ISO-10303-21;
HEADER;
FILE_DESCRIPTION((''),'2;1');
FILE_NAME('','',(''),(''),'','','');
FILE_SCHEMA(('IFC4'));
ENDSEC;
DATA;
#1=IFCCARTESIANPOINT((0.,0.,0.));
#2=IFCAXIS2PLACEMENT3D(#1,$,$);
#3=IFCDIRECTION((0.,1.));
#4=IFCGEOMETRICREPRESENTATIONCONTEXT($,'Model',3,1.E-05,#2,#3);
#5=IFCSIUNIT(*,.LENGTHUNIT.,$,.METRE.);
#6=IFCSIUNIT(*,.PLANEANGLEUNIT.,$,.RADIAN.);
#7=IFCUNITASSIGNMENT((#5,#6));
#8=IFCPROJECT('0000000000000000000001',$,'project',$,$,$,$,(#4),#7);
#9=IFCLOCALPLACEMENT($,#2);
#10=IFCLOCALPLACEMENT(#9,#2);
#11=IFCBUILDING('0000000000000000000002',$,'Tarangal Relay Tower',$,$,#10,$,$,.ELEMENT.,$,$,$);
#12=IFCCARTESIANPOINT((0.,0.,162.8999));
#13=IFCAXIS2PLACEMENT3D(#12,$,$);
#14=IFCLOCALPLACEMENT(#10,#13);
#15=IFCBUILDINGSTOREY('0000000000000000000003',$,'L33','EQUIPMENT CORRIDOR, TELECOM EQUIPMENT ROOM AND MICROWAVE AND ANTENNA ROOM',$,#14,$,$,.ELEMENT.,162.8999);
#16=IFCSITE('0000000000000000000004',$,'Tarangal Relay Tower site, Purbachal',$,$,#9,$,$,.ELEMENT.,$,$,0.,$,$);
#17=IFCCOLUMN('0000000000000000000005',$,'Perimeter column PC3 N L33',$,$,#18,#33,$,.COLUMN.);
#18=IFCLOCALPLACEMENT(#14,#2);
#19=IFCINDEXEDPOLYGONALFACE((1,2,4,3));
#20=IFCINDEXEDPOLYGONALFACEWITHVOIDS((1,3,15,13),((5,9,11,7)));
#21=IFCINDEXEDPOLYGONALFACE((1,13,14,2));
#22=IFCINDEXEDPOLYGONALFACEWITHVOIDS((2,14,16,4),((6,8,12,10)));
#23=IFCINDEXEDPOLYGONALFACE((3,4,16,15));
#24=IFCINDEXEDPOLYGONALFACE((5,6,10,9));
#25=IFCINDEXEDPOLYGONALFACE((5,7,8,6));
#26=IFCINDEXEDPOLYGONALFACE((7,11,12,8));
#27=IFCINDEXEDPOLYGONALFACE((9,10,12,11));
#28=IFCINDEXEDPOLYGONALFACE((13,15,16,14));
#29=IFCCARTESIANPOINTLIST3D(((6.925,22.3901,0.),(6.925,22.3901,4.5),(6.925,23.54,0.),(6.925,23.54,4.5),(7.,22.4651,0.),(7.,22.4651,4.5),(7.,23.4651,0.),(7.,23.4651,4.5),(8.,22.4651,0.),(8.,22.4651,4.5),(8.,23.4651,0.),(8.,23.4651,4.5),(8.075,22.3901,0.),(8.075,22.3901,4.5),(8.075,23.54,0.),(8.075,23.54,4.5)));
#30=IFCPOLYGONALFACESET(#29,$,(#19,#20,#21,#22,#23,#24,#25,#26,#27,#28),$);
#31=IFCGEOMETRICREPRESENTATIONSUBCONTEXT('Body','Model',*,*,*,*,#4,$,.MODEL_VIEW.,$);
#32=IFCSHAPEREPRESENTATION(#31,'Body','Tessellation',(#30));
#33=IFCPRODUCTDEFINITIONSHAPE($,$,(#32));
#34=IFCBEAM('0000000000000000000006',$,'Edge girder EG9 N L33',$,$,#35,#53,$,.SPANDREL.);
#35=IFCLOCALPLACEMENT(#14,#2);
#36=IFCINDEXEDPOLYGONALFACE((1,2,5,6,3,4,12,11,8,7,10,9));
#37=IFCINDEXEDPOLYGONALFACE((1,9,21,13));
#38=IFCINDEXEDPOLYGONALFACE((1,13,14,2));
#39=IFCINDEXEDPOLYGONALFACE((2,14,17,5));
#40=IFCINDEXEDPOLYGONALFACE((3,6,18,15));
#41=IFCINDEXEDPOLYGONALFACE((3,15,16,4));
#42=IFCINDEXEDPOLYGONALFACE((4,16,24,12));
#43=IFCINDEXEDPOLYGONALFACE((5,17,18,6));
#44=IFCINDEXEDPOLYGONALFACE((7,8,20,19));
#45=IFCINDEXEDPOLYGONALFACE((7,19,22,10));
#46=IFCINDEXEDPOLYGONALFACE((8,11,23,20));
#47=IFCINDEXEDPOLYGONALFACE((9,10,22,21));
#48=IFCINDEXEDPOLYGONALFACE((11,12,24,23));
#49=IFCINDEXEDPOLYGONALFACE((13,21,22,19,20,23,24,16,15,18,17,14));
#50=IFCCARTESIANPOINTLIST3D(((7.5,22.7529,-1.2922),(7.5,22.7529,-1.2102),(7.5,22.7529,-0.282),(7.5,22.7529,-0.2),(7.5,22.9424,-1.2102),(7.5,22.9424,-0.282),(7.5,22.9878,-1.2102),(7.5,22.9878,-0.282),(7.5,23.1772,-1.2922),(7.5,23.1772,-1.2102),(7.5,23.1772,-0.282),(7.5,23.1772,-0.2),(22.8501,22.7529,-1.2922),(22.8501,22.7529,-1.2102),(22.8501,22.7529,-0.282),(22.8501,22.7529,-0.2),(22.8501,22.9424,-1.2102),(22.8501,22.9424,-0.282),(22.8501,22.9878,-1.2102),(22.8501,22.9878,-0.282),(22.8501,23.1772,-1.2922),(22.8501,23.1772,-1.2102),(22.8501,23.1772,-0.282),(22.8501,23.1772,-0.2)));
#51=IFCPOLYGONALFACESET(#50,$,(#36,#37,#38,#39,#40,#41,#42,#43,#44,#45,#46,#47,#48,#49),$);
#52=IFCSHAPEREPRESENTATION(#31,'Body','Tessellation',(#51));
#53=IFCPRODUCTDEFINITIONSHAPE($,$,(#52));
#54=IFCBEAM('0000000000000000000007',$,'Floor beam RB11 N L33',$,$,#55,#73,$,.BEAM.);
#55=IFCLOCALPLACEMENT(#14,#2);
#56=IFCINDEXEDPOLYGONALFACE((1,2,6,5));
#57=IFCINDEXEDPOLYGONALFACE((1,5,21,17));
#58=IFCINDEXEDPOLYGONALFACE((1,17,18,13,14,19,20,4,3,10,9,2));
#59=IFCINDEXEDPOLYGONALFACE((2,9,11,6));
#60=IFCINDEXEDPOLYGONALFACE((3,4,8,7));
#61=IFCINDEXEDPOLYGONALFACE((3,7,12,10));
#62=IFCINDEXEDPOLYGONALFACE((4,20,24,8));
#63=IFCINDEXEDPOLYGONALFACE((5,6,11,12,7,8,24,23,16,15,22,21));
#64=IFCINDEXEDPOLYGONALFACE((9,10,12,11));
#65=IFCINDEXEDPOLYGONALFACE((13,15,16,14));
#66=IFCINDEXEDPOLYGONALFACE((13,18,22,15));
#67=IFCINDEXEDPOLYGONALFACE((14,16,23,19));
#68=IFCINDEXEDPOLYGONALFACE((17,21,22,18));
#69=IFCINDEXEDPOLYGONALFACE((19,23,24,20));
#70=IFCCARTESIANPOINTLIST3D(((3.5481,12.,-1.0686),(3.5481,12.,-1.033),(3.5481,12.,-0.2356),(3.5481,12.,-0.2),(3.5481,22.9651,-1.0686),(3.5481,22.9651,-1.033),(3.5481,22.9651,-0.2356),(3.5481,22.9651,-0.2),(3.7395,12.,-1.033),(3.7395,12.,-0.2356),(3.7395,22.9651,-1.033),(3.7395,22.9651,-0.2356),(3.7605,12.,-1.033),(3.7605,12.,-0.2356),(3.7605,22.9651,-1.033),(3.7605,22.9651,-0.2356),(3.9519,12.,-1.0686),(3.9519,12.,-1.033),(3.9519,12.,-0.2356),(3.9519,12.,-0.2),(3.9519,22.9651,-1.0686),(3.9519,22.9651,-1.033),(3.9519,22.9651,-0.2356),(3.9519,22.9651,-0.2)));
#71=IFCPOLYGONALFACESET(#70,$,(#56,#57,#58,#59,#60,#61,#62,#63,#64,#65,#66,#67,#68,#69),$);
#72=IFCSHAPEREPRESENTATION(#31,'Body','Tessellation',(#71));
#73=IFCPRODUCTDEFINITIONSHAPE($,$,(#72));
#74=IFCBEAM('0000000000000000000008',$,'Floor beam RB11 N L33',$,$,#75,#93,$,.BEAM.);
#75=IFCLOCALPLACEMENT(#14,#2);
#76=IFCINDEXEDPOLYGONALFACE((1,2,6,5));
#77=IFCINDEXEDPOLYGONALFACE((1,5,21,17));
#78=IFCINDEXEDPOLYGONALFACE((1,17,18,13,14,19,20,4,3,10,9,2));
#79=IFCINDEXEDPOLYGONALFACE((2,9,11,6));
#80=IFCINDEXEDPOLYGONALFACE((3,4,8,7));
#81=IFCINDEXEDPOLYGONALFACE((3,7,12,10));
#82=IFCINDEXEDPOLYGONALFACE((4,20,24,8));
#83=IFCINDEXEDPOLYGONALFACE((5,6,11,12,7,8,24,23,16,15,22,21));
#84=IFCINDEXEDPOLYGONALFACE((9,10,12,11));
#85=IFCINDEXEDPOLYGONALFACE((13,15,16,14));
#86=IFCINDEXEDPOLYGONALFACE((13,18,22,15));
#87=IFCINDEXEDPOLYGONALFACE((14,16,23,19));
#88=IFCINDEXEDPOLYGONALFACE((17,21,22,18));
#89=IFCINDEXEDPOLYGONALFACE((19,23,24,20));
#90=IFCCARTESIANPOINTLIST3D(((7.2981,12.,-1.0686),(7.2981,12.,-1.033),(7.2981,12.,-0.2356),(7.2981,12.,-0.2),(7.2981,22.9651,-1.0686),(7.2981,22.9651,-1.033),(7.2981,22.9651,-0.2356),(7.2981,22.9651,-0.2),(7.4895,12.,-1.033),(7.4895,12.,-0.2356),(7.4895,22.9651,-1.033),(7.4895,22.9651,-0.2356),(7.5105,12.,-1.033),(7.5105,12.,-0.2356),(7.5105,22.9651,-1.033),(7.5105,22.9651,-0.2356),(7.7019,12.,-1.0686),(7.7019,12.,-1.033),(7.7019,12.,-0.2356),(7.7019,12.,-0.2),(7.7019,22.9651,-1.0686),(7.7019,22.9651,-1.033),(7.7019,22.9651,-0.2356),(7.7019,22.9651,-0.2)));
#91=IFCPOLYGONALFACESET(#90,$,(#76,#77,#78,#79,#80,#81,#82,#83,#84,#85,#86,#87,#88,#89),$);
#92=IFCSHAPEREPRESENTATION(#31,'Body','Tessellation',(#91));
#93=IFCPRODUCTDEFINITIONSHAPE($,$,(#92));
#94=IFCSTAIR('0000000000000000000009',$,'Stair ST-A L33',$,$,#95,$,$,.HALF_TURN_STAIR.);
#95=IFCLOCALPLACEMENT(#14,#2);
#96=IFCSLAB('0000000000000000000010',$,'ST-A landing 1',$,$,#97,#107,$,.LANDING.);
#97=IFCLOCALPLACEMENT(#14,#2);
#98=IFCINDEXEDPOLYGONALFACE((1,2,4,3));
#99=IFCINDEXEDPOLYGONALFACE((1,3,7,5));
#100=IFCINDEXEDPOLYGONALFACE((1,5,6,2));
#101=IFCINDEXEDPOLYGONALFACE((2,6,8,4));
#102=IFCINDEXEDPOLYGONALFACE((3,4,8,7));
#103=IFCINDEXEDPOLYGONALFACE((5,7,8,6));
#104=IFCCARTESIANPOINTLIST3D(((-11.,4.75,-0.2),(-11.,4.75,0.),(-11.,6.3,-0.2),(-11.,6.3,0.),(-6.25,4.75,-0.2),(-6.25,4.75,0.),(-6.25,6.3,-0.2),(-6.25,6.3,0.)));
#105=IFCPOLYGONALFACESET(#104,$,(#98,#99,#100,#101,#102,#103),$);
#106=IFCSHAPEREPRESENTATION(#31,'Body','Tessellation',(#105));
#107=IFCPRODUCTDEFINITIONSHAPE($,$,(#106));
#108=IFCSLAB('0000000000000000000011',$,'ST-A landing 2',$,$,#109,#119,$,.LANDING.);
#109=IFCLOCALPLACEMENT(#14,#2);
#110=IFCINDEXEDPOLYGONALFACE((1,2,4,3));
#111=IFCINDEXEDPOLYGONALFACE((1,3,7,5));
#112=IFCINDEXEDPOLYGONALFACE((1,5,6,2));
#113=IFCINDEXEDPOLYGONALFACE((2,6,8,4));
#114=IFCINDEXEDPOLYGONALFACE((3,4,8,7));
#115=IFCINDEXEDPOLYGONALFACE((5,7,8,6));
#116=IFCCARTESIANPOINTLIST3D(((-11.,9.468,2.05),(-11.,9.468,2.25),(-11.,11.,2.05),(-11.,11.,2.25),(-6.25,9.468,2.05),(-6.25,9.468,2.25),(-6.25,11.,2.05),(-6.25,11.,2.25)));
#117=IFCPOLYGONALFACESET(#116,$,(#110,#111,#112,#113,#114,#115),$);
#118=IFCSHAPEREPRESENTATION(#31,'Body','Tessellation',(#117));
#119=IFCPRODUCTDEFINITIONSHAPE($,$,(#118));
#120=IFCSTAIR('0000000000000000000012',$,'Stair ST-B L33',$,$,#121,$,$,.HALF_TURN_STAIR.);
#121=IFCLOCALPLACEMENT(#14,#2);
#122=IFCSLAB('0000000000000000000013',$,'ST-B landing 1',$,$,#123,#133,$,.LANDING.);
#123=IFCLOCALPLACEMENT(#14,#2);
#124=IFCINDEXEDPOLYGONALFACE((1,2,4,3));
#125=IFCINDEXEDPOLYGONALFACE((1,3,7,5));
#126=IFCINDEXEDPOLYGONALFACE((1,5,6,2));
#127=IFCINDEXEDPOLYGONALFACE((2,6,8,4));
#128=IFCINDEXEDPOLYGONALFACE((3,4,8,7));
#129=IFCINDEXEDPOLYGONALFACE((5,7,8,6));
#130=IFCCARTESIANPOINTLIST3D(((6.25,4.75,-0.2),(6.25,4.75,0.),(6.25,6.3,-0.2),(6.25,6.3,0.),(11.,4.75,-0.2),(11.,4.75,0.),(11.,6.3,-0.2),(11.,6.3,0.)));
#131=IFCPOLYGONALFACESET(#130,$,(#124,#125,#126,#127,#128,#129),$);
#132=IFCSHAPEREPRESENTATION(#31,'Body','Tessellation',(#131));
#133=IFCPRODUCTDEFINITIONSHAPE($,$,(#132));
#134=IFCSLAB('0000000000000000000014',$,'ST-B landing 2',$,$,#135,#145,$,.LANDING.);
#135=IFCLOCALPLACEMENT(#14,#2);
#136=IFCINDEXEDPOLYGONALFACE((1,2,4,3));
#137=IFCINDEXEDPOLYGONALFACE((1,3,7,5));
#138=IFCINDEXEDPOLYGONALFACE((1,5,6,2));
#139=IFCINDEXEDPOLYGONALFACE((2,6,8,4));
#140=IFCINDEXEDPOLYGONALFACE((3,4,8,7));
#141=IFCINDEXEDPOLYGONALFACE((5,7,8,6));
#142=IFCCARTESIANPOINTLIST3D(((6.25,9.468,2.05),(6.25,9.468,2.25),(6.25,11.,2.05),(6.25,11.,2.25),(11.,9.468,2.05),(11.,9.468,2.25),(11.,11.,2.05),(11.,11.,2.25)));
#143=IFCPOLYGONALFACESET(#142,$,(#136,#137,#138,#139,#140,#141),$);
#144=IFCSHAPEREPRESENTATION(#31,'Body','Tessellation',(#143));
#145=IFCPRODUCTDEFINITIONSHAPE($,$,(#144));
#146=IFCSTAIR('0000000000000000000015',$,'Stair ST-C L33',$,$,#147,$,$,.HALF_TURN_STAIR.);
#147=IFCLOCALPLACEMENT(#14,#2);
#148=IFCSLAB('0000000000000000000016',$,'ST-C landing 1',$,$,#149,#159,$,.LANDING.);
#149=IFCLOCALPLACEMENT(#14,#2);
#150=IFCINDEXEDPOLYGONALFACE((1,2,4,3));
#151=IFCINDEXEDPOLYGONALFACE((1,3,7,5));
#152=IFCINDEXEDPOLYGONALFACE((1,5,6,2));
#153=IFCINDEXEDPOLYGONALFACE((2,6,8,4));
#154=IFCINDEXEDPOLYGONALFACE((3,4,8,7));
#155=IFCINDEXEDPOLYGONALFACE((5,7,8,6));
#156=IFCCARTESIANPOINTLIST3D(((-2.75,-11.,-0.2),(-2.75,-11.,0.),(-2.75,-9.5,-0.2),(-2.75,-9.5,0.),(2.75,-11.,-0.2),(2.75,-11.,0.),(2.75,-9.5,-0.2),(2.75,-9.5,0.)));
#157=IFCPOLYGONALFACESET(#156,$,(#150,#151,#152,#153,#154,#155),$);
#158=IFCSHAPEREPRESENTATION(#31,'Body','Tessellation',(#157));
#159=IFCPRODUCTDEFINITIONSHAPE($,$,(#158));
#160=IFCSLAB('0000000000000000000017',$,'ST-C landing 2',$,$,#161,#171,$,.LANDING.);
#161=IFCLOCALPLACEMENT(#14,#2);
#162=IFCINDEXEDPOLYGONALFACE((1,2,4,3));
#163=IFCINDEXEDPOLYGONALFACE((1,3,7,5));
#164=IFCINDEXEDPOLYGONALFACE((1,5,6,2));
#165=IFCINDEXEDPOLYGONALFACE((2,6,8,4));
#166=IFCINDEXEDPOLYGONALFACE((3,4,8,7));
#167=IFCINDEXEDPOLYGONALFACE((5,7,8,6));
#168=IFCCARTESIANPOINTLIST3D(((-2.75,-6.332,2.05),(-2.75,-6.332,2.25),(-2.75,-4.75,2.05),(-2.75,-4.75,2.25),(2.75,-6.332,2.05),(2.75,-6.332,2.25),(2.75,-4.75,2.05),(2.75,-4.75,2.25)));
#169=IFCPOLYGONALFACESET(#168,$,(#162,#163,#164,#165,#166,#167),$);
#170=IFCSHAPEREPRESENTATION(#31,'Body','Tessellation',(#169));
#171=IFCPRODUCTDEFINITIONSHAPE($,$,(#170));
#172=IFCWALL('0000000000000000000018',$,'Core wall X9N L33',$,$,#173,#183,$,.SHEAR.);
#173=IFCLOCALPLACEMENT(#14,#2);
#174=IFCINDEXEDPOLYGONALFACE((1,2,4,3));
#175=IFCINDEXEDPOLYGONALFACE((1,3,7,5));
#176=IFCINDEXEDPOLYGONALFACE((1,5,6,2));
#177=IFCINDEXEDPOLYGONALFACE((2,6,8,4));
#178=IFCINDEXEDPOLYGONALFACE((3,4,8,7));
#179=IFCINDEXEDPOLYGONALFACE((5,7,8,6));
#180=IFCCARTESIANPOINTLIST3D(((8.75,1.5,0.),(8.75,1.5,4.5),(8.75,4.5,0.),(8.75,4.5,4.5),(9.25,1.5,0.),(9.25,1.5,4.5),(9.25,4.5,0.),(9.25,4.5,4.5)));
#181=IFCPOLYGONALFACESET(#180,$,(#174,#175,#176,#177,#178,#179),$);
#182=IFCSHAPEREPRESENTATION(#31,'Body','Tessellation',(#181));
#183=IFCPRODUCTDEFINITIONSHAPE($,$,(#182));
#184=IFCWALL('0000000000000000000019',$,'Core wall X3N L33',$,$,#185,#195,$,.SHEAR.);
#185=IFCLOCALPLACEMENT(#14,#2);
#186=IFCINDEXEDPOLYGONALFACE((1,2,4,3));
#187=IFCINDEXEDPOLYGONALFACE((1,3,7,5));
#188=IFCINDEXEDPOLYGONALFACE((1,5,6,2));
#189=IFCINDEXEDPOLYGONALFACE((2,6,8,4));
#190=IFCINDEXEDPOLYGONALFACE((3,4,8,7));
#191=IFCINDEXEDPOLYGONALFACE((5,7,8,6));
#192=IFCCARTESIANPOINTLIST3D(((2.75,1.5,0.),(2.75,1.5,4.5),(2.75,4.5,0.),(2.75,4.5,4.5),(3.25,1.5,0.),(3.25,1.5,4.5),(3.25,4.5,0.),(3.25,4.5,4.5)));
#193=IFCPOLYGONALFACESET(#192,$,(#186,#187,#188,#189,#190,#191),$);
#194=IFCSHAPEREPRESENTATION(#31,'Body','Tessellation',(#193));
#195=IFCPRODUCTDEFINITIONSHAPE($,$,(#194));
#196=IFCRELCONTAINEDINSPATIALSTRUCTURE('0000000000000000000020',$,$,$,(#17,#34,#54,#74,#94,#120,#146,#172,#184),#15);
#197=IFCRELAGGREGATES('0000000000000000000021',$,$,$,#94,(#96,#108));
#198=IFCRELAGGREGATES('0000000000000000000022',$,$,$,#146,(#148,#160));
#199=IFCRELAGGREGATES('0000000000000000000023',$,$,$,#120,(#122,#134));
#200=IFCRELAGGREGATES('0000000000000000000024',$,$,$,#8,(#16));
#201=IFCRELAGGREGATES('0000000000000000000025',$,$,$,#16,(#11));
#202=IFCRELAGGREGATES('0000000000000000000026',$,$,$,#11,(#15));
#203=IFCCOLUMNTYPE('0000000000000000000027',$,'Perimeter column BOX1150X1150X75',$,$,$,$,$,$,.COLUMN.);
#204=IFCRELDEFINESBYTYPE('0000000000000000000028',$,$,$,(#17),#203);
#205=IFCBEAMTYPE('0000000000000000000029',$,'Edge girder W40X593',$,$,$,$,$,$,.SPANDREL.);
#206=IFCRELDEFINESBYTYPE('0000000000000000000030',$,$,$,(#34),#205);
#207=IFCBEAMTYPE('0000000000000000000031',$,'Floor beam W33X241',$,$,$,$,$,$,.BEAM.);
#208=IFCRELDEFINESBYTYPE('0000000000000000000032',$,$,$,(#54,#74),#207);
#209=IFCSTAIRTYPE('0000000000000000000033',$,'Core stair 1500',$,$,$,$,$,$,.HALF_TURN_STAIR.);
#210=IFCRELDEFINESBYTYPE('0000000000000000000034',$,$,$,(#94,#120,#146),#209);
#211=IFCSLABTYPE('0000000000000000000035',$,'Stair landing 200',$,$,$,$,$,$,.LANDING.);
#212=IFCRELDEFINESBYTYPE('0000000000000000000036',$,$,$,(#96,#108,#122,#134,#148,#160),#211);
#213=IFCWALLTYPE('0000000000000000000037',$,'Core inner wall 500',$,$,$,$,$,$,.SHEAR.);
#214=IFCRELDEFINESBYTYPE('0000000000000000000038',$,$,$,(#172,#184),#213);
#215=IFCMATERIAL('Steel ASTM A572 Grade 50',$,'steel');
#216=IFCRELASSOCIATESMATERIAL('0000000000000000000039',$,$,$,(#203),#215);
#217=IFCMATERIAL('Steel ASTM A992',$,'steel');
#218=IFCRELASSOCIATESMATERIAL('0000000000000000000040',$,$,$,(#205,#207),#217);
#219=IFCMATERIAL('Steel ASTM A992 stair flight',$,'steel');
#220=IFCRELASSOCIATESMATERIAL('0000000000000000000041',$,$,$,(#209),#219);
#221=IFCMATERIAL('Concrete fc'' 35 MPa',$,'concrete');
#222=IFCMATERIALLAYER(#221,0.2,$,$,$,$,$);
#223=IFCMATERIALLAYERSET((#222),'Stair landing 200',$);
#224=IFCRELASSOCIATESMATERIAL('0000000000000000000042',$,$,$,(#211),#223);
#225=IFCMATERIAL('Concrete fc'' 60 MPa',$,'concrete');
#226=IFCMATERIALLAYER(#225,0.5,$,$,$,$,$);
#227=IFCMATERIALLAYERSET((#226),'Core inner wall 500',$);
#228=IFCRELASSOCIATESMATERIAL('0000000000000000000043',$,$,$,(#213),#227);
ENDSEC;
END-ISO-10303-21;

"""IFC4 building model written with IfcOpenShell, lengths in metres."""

from ifc_helpers import new_model, si_unit, direction, frame, frame_2d, origin, origin_2d, place, context, subcontext, project, spatial, polyline, rectangle, hollow_rectangle, i_section, outline, extrude, material, layer, layer_set, material_profile, profile_set, type_object, element, aggregate, save


model = new_model("IFC4")

# Units and contexts
model_context = context("Model", 3, precision=1e-05, world=origin(), true_north=direction((0.0, 1.0)))
body_context = subcontext(model_context, "Body", "Model", "MODEL_VIEW")
ifc_project = project(units=[si_unit("LENGTHUNIT", "METRE"), si_unit("PLANEANGLEUNIT", "RADIAN")], contexts=[model_context])

# Site, building, storey
site_placement = place(None, origin())
site = spatial("IfcSite", under=ifc_project, at=site_placement, Name="Tarangal Relay Tower site, Purbachal", CompositionType="ELEMENT", RefElevation=0.0)
building_placement = place(site_placement, origin())
building = spatial("IfcBuilding", under=site, at=building_placement, Name="Tarangal Relay Tower", CompositionType="ELEMENT")
storey_placement = place(building_placement, frame((0.0, 0.0, 162.8999)))
storey = spatial("IfcBuildingStorey", under=building, at=storey_placement, Name="L33", Description="EQUIPMENT CORRIDOR, TELECOM EQUIPMENT ROOM AND MICROWAVE AND ANTENNA ROOM", CompositionType="ELEMENT", Elevation=162.8999)

# Column
ifc_material_1 = material(Name="Steel ASTM A572 Grade 50", Category="steel")
ifc_material_profile_1 = material_profile(ifc_material_1, hollow_rectangle(XDim=1.1499, YDim=1.1499, WallThickness=0.075, at=origin_2d()), Name="BOX1150X1150X75")
ifc_profile_set_1 = profile_set([ifc_material_profile_1], Name="Steel ASTM A572 Grade 50")
column_type = type_object("IfcColumnType", Name="Perimeter column BOX1150X1150X75", PredefinedType="COLUMN", material=ifc_profile_set_1)
column_placement = place(storey_placement, frame((7.5, 22.9651, 0.0), z_axis=(0.0, 0.0, 1.0), x_axis=(1.0, 0.0, 0.0)))
element("IfcColumn", 1, at=column_placement, inside=storey, type_object=column_type, Name="Perimeter column PC3 N L33", PredefinedType="COLUMN", context=body_context, shape_type="SweptSolid", body=[
    extrude(hollow_rectangle(XDim=1.1499, YDim=1.1499, WallThickness=0.075, at=origin_2d()), origin(), (0.0, 0.0, 1.0), 4.5),
])

# Beams
ifc_material_2 = material(Name="Steel ASTM A992", Category="steel")
ifc_material_profile_2 = material_profile(ifc_material_2, i_section(OverallWidth=0.4243, OverallDepth=1.0923, WebThickness=0.0454, FlangeThickness=0.082, at=origin_2d()), Name="W40X593")
ifc_profile_set_2 = profile_set([ifc_material_profile_2], Name="Steel ASTM A992")
beam_type_1 = type_object("IfcBeamType", Name="Edge girder W40X593", PredefinedType="SPANDREL", material=ifc_profile_set_2)
beam_placement = place(storey_placement, frame((7.5, 22.9651, -0.7461), z_axis=(1.0, 0.0, 0.0), x_axis=(0.0, 1.0, 0.0)))
element("IfcBeam", 2, at=beam_placement, inside=storey, type_object=beam_type_1, Name="Edge girder EG9 N L33", PredefinedType="SPANDREL", context=body_context, shape_type="SweptSolid", body=[
    extrude(i_section(OverallWidth=0.4243, OverallDepth=1.0923, WebThickness=0.0454, FlangeThickness=0.082, at=origin_2d()), origin(), (0.0, 0.0, 1.0), 15.3501),
])
ifc_material_profile_3 = material_profile(ifc_material_2, i_section(OverallWidth=0.4038, OverallDepth=0.8687, WebThickness=0.021, FlangeThickness=0.0356, at=origin_2d()), Name="W33X241")
ifc_profile_set_3 = profile_set([ifc_material_profile_3], Name="Steel ASTM A992")
beam_type_2 = type_object("IfcBeamType", Name="Floor beam W33X241", PredefinedType="BEAM", material=ifc_profile_set_3)
for number, where, z_axis, x_axis, name in (
    (3, (3.75, 12.0, -0.6343), (0.0, 1.0, 0.0), (-1.0, 0.0, 0.0), "Floor beam RB11 N L33"),
    (4, (7.5, 12.0, -0.6343), (0.0, 1.0, 0.0), (-1.0, 0.0, 0.0), "Floor beam RB11 N L33"),
):
    element("IfcBeam", number, at=place(storey_placement, frame(where, z_axis=z_axis, x_axis=x_axis)), inside=storey, type_object=beam_type_2, Name=name, PredefinedType="BEAM", context=body_context, shape_type="SweptSolid", body=[
        extrude(i_section(OverallWidth=0.4038, OverallDepth=0.8687, WebThickness=0.021, FlangeThickness=0.0356, at=origin_2d()), origin(), (0.0, 0.0, 1.0), 10.9651),
    ])

# Stairs, slabs
ifc_material_3 = material(Name="Steel ASTM A992 stair flight", Category="steel")
stair_type = type_object("IfcStairType", Name="Core stair 1500", PredefinedType="HALF_TURN_STAIR", material=ifc_material_3)
stair_1_placement = place(storey_placement, origin())
stair_1 = element("IfcStair", 5, at=stair_1_placement, inside=storey, type_object=stair_type, Name="Stair ST-A L33", PredefinedType="HALF_TURN_STAIR")
ifc_material_4 = material(Name="Concrete fc' 35 MPa", Category="concrete")
ifc_layer_1 = layer(ifc_material_4, 0.2)
ifc_layer_set_1 = layer_set([ifc_layer_1], Name="Stair landing 200")
slab_type = type_object("IfcSlabType", Name="Stair landing 200", PredefinedType="LANDING", material=ifc_layer_set_1)
slab_1_placement = place(storey_placement, frame((0.0, 0.0, -0.2)))
slab_1 = element("IfcSlab", 6, at=slab_1_placement, type_object=slab_type, Name="ST-A landing 1", PredefinedType="LANDING", context=body_context, shape_type="SweptSolid", body=[
    extrude(outline(polyline([(-11.0, 4.75), (-6.25, 4.75), (-6.25, 6.3), (-11.0, 6.3), (-11.0, 4.75)])), origin(), (0.0, 0.0, 1.0), 0.2),
])
slab_2_placement = place(storey_placement, frame((0.0, 0.0, 2.05)))
slab_2 = element("IfcSlab", 7, at=slab_2_placement, type_object=slab_type, Name="ST-A landing 2", PredefinedType="LANDING", context=body_context, shape_type="SweptSolid", body=[
    extrude(outline(polyline([(-11.0, 9.468), (-6.25, 9.468), (-6.25, 11.0), (-11.0, 11.0), (-11.0, 9.468)])), origin(), (0.0, 0.0, 1.0), 0.2),
])
aggregate(stair_1, [slab_1, slab_2])
stair_2_placement = place(storey_placement, origin())
stair_2 = element("IfcStair", 8, at=stair_2_placement, inside=storey, type_object=stair_type, Name="Stair ST-B L33", PredefinedType="HALF_TURN_STAIR")
slab_3_placement = place(storey_placement, frame((0.0, 0.0, -0.2)))
slab_3 = element("IfcSlab", 9, at=slab_3_placement, type_object=slab_type, Name="ST-B landing 1", PredefinedType="LANDING", context=body_context, shape_type="SweptSolid", body=[
    extrude(outline(polyline([(6.25, 4.75), (11.0, 4.75), (11.0, 6.3), (6.25, 6.3), (6.25, 4.75)])), origin(), (0.0, 0.0, 1.0), 0.2),
])
slab_4_placement = place(storey_placement, frame((0.0, 0.0, 2.05)))
slab_4 = element("IfcSlab", 10, at=slab_4_placement, type_object=slab_type, Name="ST-B landing 2", PredefinedType="LANDING", context=body_context, shape_type="SweptSolid", body=[
    extrude(outline(polyline([(6.25, 9.468), (11.0, 9.468), (11.0, 11.0), (6.25, 11.0), (6.25, 9.468)])), origin(), (0.0, 0.0, 1.0), 0.2),
])
stair_3_placement = place(storey_placement, origin())
stair_3 = element("IfcStair", 11, at=stair_3_placement, inside=storey, type_object=stair_type, Name="Stair ST-C L33", PredefinedType="HALF_TURN_STAIR")
slab_5_placement = place(storey_placement, frame((0.0, 0.0, -0.2)))
slab_5 = element("IfcSlab", 12, at=slab_5_placement, type_object=slab_type, Name="ST-C landing 1", PredefinedType="LANDING", context=body_context, shape_type="SweptSolid", body=[
    extrude(outline(polyline([(-2.75, -11.0), (2.75, -11.0), (2.75, -9.5), (-2.75, -9.5), (-2.75, -11.0)])), origin(), (0.0, 0.0, 1.0), 0.2),
])
slab_6_placement = place(storey_placement, frame((0.0, 0.0, 2.05)))
slab_6 = element("IfcSlab", 13, at=slab_6_placement, type_object=slab_type, Name="ST-C landing 2", PredefinedType="LANDING", context=body_context, shape_type="SweptSolid", body=[
    extrude(outline(polyline([(-2.75, -6.332), (2.75, -6.332), (2.75, -4.75), (-2.75, -4.75), (-2.75, -6.332)])), origin(), (0.0, 0.0, 1.0), 0.2),
])
aggregate(stair_3, [slab_5, slab_6])

# Walls
ifc_material_5 = material(Name="Concrete fc' 60 MPa", Category="concrete")
ifc_layer_2 = layer(ifc_material_5, 0.5)
ifc_layer_set_2 = layer_set([ifc_layer_2], Name="Core inner wall 500")
wall_type_1 = type_object("IfcWallType", Name="Core inner wall 500", PredefinedType="SHEAR", material=ifc_layer_set_2)
for number, where, z_axis, x_axis, name in (
    (14, (9.0, 1.5, 0.0), (0.0, 0.0, 1.0), (0.0, 1.0, 0.0), "Core wall X9N L33"),
    (15, (3.0, 1.5, 0.0), (0.0, 0.0, 1.0), (0.0, 1.0, 0.0), "Core wall X3N L33"),
):
    element("IfcWall", number, at=place(storey_placement, frame(where, z_axis=z_axis, x_axis=x_axis)), inside=storey, type_object=wall_type_1, Name=name, PredefinedType="SHEAR", context=body_context, shape_type="SweptSolid", body=[
        extrude(rectangle(XDim=3.0, YDim=0.5, at=frame_2d((1.5, 0.0))), origin(), (0.0, 0.0, 1.0), 4.5),
    ])

aggregate(stair_2, [slab_3, slab_4])

save(model, "model.ifc")
